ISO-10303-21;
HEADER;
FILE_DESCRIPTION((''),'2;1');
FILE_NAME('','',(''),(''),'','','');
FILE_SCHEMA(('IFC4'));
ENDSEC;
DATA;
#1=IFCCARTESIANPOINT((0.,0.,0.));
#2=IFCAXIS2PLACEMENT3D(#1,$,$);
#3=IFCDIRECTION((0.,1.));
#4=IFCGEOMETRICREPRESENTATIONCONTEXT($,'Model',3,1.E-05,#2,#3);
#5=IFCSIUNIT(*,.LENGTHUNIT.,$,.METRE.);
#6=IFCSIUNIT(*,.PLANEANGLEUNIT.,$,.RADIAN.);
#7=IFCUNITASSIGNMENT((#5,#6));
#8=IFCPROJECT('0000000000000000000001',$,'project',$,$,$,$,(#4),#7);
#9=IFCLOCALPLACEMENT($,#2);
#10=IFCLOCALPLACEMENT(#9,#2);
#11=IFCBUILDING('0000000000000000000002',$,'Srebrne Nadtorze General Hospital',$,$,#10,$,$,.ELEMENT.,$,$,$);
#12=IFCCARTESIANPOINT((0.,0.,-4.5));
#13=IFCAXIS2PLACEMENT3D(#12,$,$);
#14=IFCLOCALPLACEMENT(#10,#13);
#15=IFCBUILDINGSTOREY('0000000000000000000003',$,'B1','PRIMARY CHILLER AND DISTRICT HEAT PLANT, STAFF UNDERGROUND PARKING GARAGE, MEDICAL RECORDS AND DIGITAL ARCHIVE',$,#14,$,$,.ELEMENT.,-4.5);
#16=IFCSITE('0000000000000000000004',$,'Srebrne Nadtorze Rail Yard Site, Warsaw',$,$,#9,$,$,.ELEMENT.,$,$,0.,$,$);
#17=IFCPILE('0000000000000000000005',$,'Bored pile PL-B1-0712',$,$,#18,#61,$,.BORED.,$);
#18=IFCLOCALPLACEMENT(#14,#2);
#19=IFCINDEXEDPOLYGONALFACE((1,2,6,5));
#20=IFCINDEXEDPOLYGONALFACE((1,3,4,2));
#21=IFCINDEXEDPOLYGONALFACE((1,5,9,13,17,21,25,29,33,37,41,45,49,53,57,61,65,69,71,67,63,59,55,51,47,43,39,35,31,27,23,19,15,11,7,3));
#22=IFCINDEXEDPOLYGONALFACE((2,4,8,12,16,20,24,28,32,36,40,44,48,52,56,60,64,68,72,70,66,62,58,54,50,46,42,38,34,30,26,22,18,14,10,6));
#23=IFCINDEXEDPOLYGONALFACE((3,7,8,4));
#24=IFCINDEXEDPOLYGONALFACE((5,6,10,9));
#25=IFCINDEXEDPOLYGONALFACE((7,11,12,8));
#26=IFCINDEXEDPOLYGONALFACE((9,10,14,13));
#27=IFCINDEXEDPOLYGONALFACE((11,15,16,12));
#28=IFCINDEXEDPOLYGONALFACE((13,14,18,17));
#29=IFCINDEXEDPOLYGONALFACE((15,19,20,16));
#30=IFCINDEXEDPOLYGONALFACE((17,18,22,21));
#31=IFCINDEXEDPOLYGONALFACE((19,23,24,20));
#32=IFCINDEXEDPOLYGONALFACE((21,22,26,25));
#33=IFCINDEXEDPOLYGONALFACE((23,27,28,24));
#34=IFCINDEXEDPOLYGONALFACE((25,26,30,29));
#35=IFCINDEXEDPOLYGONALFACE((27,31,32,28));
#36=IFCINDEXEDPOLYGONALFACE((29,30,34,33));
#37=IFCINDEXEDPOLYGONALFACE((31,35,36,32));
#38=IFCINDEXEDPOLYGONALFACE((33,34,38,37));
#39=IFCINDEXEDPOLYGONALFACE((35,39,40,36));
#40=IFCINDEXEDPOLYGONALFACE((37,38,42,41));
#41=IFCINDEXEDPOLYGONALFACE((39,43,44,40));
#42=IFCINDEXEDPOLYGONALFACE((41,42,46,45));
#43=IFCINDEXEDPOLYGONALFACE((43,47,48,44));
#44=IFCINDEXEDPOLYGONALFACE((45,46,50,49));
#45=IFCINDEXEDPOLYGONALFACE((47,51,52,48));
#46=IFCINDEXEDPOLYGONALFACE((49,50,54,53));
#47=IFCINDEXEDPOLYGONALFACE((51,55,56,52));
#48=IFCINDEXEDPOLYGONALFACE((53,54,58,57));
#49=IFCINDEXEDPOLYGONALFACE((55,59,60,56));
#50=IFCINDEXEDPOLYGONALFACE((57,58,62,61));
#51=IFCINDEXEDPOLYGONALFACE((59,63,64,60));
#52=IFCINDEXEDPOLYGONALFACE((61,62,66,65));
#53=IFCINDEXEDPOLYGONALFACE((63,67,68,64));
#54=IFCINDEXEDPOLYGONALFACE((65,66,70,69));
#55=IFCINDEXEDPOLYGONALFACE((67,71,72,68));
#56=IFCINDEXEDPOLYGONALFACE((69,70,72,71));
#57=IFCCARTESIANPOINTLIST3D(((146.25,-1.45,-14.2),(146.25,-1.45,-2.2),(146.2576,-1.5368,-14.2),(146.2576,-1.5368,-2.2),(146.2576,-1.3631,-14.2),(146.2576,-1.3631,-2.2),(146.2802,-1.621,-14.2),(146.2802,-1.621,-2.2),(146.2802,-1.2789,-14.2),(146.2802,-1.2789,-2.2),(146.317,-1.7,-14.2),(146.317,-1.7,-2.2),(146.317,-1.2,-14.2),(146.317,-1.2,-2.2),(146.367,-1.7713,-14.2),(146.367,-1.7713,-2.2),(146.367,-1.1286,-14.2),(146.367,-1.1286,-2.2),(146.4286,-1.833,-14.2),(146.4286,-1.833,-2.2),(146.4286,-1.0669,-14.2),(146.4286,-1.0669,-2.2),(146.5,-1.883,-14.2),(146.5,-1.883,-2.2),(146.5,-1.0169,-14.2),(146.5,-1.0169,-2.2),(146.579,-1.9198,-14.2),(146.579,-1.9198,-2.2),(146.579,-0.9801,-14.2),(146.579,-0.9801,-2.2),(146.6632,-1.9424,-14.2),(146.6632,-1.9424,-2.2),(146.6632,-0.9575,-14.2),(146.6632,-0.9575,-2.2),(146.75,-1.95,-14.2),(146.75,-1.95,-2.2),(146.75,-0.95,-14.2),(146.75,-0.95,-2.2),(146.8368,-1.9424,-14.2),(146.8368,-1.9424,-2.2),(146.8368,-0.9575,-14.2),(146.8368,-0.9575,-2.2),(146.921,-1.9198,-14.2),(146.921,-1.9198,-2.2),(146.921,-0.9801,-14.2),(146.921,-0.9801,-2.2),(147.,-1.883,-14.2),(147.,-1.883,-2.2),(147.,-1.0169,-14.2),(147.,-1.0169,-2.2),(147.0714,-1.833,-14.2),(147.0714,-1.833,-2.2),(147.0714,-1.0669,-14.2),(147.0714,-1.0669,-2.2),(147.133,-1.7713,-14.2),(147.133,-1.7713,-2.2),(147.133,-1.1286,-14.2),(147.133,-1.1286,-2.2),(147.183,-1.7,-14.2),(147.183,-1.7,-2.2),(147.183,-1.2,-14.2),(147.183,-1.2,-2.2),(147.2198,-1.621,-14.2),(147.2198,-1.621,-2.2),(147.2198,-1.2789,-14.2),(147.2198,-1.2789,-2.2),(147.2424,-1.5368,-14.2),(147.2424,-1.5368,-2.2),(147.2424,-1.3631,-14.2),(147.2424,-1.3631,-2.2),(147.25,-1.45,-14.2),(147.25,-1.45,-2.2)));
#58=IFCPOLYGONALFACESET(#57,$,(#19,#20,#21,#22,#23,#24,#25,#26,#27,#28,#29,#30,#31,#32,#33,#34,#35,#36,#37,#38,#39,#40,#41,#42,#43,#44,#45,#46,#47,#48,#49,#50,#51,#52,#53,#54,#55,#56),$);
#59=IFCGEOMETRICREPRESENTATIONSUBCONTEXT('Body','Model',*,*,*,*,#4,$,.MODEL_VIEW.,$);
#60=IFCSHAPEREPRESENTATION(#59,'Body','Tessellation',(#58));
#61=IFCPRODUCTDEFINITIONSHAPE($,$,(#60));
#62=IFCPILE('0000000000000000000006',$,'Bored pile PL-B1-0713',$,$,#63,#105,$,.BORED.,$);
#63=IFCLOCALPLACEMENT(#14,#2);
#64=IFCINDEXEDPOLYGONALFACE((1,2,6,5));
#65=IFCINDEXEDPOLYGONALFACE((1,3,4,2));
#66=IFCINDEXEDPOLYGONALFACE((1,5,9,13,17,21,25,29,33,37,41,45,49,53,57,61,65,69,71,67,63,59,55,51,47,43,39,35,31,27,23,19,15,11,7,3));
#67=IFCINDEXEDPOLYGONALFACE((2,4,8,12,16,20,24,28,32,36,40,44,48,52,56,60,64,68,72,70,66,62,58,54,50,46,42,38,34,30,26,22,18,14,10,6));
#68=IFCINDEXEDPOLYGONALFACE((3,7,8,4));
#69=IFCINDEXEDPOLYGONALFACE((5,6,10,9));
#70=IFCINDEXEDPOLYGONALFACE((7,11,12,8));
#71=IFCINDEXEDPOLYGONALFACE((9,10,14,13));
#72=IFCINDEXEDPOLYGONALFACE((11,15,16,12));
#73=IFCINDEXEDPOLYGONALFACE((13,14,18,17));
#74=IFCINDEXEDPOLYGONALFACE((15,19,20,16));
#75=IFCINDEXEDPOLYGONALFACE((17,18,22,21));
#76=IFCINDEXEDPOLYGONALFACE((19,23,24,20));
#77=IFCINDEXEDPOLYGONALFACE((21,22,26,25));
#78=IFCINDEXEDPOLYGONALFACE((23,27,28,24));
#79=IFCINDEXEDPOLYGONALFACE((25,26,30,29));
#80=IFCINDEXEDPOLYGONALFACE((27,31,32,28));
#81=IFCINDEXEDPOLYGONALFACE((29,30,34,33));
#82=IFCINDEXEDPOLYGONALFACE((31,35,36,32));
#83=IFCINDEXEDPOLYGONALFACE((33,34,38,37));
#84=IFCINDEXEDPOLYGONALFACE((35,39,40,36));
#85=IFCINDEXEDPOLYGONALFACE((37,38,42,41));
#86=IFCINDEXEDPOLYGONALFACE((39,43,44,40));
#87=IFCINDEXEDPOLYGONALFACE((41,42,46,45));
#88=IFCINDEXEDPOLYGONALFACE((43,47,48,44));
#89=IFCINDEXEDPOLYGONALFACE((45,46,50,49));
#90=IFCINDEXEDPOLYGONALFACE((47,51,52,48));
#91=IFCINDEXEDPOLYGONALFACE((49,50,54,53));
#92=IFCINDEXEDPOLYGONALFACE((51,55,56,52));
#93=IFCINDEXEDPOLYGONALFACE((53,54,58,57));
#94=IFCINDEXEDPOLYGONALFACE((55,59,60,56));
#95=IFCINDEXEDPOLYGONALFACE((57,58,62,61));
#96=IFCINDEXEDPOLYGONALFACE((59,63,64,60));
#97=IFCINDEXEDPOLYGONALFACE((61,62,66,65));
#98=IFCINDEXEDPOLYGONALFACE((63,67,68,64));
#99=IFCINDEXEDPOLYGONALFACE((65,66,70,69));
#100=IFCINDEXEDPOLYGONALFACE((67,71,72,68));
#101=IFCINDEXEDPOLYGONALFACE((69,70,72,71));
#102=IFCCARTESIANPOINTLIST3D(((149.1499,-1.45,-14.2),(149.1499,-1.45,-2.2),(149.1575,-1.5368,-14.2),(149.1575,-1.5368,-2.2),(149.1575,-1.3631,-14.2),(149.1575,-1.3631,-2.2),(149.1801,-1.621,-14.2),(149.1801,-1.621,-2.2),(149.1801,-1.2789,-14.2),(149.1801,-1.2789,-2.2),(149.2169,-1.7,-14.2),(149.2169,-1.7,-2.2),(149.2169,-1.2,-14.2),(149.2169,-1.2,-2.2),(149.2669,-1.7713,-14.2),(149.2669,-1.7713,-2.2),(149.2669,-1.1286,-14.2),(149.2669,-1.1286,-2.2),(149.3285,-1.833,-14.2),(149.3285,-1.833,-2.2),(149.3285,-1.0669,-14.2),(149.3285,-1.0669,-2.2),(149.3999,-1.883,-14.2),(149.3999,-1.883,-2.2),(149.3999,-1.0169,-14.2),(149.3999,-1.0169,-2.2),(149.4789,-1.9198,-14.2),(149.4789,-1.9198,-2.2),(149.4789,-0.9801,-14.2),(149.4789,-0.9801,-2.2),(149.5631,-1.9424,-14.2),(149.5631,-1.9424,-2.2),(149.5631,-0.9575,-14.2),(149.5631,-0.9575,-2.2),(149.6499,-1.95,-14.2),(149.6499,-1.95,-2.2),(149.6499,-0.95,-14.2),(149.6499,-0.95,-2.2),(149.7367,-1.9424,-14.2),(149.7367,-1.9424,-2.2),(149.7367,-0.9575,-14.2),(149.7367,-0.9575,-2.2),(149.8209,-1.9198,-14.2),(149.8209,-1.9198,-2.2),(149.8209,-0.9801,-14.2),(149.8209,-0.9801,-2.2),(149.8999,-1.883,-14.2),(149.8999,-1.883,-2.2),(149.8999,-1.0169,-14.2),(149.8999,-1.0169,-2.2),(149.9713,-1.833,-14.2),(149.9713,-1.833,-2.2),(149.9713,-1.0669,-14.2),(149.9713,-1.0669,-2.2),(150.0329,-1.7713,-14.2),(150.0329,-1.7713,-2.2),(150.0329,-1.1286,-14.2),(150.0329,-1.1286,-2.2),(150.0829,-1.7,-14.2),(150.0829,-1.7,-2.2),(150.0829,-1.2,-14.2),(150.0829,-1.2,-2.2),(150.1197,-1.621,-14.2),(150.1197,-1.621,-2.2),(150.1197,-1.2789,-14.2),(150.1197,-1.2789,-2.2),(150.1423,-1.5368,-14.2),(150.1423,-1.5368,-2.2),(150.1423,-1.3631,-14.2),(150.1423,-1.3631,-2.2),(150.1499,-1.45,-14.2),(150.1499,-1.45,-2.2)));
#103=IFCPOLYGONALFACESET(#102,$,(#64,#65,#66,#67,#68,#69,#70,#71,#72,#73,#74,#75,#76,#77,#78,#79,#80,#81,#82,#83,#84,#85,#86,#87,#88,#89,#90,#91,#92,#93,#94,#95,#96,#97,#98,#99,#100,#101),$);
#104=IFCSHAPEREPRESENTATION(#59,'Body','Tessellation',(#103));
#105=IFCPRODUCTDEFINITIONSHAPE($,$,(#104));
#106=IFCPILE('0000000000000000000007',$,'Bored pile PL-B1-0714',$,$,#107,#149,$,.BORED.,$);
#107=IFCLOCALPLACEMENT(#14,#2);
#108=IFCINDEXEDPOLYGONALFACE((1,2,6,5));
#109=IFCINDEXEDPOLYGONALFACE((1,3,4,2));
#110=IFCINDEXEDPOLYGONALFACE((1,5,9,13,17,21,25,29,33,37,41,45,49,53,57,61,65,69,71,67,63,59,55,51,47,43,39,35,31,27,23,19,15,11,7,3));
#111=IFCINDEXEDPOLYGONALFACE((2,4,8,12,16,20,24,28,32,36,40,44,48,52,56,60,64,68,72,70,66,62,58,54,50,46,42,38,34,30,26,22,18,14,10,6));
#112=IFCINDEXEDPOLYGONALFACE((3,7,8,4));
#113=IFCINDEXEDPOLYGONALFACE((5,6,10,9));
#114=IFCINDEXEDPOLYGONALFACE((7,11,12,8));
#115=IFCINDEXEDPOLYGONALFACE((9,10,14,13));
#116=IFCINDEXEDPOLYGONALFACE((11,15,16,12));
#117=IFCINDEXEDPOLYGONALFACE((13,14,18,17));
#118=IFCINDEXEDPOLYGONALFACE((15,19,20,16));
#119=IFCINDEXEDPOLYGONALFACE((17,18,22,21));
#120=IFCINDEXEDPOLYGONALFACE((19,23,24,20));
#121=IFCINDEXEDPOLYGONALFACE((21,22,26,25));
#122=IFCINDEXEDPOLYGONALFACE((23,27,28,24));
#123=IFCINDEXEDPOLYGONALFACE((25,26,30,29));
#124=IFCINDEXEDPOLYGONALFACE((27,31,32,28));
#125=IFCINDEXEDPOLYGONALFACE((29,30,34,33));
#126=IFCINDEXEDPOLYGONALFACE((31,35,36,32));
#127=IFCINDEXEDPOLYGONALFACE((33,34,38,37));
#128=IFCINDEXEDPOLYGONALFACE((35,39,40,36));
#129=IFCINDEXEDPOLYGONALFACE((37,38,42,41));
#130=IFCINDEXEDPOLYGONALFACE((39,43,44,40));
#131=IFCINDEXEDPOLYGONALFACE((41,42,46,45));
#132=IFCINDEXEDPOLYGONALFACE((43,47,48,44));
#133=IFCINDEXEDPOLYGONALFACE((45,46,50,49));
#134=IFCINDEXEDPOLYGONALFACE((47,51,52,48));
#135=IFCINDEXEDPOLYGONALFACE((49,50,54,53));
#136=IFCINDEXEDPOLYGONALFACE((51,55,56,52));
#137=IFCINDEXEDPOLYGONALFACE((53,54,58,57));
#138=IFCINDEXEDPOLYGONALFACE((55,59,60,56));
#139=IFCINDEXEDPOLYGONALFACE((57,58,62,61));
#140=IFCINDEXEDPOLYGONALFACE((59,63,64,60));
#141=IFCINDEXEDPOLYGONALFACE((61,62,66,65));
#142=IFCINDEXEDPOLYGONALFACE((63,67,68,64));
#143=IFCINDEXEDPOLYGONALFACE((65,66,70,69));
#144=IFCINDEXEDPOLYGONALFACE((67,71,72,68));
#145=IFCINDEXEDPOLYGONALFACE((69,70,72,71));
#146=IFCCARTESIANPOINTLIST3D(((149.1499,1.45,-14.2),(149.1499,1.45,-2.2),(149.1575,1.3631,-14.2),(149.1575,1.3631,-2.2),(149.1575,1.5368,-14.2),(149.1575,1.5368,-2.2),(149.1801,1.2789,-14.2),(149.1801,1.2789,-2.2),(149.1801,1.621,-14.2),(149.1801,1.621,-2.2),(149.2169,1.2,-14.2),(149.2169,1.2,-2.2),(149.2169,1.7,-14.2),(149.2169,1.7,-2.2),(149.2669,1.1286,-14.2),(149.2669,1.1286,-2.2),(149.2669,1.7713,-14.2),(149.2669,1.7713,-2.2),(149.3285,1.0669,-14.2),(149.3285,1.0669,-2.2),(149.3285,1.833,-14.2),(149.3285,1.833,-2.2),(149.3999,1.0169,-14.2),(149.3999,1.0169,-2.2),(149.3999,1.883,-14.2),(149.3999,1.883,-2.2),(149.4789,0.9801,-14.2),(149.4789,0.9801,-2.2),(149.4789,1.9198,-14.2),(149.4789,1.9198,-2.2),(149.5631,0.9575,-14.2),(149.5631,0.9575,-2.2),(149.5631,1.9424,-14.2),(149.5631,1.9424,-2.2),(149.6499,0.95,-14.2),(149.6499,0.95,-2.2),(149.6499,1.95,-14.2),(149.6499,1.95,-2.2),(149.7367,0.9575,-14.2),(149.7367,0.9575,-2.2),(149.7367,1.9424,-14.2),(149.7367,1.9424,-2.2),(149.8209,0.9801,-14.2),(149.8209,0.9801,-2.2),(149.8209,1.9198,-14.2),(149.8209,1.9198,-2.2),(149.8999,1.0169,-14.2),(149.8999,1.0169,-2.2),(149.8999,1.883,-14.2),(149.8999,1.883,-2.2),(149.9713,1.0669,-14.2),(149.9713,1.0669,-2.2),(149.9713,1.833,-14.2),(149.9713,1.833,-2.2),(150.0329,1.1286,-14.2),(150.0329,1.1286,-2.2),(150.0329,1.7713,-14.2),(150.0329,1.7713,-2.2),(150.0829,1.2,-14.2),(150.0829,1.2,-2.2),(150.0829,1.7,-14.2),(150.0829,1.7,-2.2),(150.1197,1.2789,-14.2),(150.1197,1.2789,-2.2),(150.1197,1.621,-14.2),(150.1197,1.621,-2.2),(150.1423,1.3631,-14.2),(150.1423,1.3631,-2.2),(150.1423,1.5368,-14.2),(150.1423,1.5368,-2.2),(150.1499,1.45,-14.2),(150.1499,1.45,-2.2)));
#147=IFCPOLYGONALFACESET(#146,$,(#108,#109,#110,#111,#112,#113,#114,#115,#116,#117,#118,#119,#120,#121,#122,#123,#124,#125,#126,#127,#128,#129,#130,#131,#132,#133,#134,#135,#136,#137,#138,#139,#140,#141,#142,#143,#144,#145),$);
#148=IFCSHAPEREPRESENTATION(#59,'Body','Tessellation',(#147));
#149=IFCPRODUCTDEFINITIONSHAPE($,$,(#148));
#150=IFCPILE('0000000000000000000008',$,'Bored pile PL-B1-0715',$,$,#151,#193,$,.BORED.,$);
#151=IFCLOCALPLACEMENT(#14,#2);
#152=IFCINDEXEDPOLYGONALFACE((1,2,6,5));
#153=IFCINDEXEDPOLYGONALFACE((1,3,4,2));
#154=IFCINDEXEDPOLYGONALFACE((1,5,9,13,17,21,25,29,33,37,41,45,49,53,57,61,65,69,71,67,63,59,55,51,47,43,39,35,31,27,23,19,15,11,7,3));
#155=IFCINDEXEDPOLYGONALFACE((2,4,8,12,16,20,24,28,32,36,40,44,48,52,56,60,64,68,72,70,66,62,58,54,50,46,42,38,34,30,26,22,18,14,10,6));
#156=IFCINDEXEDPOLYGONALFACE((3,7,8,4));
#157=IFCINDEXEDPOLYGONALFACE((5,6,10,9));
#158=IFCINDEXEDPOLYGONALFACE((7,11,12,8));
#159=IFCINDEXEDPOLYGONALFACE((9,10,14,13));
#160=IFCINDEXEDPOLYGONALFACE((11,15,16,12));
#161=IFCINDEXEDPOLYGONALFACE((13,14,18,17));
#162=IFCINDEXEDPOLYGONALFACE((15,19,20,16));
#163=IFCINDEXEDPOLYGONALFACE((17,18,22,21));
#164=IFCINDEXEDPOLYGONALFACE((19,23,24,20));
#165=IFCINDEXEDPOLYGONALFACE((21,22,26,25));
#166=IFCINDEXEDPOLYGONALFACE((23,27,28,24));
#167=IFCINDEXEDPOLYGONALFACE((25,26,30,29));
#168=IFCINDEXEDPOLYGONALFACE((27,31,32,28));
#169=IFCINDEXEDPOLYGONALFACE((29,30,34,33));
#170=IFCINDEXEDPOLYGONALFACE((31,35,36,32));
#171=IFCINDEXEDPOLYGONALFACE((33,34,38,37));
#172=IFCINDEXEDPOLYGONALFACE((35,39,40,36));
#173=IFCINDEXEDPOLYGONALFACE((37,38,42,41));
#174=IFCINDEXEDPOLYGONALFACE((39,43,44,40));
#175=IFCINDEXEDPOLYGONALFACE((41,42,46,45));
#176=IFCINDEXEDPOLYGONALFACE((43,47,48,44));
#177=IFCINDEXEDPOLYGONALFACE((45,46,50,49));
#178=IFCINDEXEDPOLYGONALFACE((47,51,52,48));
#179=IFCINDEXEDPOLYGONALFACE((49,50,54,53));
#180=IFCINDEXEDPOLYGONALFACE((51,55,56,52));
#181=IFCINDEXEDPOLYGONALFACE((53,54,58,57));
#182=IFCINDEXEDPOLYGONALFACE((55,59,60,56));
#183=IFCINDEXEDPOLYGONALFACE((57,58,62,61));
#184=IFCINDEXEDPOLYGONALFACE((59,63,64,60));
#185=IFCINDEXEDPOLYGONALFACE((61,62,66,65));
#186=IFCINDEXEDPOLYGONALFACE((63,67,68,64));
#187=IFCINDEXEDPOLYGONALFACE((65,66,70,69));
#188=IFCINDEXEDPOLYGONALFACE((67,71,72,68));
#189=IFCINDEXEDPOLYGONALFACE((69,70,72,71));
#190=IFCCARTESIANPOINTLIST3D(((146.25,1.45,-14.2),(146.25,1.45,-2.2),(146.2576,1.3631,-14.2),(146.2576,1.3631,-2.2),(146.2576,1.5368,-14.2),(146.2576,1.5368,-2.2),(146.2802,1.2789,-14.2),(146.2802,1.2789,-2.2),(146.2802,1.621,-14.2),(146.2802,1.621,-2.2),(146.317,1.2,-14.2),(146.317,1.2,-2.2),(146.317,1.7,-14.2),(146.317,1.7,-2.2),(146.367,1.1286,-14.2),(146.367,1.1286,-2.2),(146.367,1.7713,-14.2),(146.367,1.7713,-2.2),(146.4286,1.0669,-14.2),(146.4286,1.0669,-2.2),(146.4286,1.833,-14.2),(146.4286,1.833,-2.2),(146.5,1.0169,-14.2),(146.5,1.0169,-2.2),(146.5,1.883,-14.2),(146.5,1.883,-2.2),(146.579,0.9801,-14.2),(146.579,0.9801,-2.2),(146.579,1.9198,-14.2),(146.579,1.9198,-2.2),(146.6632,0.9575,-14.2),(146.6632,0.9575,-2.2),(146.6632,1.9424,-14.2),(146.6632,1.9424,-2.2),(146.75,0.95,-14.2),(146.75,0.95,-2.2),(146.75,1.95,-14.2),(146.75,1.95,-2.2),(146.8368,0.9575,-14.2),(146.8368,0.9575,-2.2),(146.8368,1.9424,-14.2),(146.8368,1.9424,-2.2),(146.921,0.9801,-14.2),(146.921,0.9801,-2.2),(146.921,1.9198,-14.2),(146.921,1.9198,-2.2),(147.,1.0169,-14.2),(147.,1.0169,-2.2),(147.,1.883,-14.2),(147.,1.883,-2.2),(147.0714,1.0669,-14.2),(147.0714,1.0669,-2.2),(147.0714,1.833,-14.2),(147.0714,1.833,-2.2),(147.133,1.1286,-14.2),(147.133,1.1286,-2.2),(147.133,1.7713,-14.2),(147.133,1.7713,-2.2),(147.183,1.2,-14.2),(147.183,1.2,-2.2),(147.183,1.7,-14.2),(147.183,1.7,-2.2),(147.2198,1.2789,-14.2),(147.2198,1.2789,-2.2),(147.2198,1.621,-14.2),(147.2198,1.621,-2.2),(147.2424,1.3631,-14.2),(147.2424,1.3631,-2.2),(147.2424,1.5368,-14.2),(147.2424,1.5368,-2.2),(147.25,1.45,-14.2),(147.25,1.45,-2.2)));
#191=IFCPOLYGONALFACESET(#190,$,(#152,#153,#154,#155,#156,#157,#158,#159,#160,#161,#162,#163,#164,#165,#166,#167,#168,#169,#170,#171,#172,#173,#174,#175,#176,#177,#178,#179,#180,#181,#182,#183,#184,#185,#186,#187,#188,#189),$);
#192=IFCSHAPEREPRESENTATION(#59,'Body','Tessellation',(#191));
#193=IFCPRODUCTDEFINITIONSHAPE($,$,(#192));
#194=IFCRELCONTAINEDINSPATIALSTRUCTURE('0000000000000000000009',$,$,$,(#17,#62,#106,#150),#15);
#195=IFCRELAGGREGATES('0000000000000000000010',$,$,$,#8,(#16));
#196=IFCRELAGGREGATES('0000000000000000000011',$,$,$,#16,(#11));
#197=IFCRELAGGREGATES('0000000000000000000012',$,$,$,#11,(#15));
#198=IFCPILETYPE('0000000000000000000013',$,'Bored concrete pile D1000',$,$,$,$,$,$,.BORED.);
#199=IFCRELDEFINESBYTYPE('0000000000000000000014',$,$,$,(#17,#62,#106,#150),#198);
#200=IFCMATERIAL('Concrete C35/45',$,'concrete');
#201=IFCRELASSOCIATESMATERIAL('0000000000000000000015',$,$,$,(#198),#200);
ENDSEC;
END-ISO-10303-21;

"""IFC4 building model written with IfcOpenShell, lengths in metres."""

from ifc_helpers import new_model, si_unit, direction, frame, origin, origin_2d, place, context, subcontext, project, spatial, circle, extrude, material, material_profile, profile_set, type_object, element, save


model = new_model("IFC4")

# Units and contexts
model_context = context("Model", 3, precision=1e-05, world=origin(), true_north=direction((0.0, 1.0)))
body_context = subcontext(model_context, "Body", "Model", "MODEL_VIEW")
ifc_project = project(units=[si_unit("LENGTHUNIT", "METRE"), si_unit("PLANEANGLEUNIT", "RADIAN")], contexts=[model_context])

# Site, building, storey
site_placement = place(None, origin())
site = spatial("IfcSite", under=ifc_project, at=site_placement, Name="Srebrne Nadtorze Rail Yard Site, Warsaw", CompositionType="ELEMENT", RefElevation=0.0)
building_placement = place(site_placement, origin())
building = spatial("IfcBuilding", under=site, at=building_placement, Name="Srebrne Nadtorze General Hospital", CompositionType="ELEMENT")
storey_placement = place(building_placement, frame((0.0, 0.0, -4.5)))
storey = spatial("IfcBuildingStorey", under=building, at=storey_placement, Name="B1", Description="PRIMARY CHILLER AND DISTRICT HEAT PLANT, STAFF UNDERGROUND PARKING GARAGE, MEDICAL RECORDS AND DIGITAL ARCHIVE", CompositionType="ELEMENT", Elevation=-4.5)

# Piles
ifc_material_1 = material(Name="Concrete C35/45", Category="concrete")
ifc_material_profile_1 = material_profile(ifc_material_1, circle(Radius=0.5, at=origin_2d()), Name="PILE-D1000")
ifc_profile_set_1 = profile_set([ifc_material_profile_1], Name="Concrete C35/45")
pile_type_1 = type_object("IfcPileType", Name="Bored concrete pile D1000", PredefinedType="BORED", material=ifc_profile_set_1)
for number, where, z_axis, x_axis, name in (
    (1, (146.75, -1.45, -2.2), (0.0, 0.0, -1.0), (1.0, 0.0, 0.0), "Bored pile PL-B1-0712"),
    (2, (149.6499, -1.45, -2.2), (0.0, 0.0, -1.0), (1.0, 0.0, 0.0), "Bored pile PL-B1-0713"),
    (3, (149.6499, 1.45, -2.2), (0.0, 0.0, -1.0), (1.0, 0.0, 0.0), "Bored pile PL-B1-0714"),
    (4, (146.75, 1.45, -2.2), (0.0, 0.0, -1.0), (1.0, 0.0, 0.0), "Bored pile PL-B1-0715"),
):
    element("IfcPile", number, at=place(storey_placement, frame(where, z_axis=z_axis, x_axis=x_axis)), inside=storey, type_object=pile_type_1, Name=name, PredefinedType="BORED", context=body_context, shape_type="SweptSolid", body=[
        extrude(circle(Radius=0.5, at=origin_2d()), origin(), (0.0, 0.0, 1.0), 12.0),
    ])

save(model, "model.ifc")
